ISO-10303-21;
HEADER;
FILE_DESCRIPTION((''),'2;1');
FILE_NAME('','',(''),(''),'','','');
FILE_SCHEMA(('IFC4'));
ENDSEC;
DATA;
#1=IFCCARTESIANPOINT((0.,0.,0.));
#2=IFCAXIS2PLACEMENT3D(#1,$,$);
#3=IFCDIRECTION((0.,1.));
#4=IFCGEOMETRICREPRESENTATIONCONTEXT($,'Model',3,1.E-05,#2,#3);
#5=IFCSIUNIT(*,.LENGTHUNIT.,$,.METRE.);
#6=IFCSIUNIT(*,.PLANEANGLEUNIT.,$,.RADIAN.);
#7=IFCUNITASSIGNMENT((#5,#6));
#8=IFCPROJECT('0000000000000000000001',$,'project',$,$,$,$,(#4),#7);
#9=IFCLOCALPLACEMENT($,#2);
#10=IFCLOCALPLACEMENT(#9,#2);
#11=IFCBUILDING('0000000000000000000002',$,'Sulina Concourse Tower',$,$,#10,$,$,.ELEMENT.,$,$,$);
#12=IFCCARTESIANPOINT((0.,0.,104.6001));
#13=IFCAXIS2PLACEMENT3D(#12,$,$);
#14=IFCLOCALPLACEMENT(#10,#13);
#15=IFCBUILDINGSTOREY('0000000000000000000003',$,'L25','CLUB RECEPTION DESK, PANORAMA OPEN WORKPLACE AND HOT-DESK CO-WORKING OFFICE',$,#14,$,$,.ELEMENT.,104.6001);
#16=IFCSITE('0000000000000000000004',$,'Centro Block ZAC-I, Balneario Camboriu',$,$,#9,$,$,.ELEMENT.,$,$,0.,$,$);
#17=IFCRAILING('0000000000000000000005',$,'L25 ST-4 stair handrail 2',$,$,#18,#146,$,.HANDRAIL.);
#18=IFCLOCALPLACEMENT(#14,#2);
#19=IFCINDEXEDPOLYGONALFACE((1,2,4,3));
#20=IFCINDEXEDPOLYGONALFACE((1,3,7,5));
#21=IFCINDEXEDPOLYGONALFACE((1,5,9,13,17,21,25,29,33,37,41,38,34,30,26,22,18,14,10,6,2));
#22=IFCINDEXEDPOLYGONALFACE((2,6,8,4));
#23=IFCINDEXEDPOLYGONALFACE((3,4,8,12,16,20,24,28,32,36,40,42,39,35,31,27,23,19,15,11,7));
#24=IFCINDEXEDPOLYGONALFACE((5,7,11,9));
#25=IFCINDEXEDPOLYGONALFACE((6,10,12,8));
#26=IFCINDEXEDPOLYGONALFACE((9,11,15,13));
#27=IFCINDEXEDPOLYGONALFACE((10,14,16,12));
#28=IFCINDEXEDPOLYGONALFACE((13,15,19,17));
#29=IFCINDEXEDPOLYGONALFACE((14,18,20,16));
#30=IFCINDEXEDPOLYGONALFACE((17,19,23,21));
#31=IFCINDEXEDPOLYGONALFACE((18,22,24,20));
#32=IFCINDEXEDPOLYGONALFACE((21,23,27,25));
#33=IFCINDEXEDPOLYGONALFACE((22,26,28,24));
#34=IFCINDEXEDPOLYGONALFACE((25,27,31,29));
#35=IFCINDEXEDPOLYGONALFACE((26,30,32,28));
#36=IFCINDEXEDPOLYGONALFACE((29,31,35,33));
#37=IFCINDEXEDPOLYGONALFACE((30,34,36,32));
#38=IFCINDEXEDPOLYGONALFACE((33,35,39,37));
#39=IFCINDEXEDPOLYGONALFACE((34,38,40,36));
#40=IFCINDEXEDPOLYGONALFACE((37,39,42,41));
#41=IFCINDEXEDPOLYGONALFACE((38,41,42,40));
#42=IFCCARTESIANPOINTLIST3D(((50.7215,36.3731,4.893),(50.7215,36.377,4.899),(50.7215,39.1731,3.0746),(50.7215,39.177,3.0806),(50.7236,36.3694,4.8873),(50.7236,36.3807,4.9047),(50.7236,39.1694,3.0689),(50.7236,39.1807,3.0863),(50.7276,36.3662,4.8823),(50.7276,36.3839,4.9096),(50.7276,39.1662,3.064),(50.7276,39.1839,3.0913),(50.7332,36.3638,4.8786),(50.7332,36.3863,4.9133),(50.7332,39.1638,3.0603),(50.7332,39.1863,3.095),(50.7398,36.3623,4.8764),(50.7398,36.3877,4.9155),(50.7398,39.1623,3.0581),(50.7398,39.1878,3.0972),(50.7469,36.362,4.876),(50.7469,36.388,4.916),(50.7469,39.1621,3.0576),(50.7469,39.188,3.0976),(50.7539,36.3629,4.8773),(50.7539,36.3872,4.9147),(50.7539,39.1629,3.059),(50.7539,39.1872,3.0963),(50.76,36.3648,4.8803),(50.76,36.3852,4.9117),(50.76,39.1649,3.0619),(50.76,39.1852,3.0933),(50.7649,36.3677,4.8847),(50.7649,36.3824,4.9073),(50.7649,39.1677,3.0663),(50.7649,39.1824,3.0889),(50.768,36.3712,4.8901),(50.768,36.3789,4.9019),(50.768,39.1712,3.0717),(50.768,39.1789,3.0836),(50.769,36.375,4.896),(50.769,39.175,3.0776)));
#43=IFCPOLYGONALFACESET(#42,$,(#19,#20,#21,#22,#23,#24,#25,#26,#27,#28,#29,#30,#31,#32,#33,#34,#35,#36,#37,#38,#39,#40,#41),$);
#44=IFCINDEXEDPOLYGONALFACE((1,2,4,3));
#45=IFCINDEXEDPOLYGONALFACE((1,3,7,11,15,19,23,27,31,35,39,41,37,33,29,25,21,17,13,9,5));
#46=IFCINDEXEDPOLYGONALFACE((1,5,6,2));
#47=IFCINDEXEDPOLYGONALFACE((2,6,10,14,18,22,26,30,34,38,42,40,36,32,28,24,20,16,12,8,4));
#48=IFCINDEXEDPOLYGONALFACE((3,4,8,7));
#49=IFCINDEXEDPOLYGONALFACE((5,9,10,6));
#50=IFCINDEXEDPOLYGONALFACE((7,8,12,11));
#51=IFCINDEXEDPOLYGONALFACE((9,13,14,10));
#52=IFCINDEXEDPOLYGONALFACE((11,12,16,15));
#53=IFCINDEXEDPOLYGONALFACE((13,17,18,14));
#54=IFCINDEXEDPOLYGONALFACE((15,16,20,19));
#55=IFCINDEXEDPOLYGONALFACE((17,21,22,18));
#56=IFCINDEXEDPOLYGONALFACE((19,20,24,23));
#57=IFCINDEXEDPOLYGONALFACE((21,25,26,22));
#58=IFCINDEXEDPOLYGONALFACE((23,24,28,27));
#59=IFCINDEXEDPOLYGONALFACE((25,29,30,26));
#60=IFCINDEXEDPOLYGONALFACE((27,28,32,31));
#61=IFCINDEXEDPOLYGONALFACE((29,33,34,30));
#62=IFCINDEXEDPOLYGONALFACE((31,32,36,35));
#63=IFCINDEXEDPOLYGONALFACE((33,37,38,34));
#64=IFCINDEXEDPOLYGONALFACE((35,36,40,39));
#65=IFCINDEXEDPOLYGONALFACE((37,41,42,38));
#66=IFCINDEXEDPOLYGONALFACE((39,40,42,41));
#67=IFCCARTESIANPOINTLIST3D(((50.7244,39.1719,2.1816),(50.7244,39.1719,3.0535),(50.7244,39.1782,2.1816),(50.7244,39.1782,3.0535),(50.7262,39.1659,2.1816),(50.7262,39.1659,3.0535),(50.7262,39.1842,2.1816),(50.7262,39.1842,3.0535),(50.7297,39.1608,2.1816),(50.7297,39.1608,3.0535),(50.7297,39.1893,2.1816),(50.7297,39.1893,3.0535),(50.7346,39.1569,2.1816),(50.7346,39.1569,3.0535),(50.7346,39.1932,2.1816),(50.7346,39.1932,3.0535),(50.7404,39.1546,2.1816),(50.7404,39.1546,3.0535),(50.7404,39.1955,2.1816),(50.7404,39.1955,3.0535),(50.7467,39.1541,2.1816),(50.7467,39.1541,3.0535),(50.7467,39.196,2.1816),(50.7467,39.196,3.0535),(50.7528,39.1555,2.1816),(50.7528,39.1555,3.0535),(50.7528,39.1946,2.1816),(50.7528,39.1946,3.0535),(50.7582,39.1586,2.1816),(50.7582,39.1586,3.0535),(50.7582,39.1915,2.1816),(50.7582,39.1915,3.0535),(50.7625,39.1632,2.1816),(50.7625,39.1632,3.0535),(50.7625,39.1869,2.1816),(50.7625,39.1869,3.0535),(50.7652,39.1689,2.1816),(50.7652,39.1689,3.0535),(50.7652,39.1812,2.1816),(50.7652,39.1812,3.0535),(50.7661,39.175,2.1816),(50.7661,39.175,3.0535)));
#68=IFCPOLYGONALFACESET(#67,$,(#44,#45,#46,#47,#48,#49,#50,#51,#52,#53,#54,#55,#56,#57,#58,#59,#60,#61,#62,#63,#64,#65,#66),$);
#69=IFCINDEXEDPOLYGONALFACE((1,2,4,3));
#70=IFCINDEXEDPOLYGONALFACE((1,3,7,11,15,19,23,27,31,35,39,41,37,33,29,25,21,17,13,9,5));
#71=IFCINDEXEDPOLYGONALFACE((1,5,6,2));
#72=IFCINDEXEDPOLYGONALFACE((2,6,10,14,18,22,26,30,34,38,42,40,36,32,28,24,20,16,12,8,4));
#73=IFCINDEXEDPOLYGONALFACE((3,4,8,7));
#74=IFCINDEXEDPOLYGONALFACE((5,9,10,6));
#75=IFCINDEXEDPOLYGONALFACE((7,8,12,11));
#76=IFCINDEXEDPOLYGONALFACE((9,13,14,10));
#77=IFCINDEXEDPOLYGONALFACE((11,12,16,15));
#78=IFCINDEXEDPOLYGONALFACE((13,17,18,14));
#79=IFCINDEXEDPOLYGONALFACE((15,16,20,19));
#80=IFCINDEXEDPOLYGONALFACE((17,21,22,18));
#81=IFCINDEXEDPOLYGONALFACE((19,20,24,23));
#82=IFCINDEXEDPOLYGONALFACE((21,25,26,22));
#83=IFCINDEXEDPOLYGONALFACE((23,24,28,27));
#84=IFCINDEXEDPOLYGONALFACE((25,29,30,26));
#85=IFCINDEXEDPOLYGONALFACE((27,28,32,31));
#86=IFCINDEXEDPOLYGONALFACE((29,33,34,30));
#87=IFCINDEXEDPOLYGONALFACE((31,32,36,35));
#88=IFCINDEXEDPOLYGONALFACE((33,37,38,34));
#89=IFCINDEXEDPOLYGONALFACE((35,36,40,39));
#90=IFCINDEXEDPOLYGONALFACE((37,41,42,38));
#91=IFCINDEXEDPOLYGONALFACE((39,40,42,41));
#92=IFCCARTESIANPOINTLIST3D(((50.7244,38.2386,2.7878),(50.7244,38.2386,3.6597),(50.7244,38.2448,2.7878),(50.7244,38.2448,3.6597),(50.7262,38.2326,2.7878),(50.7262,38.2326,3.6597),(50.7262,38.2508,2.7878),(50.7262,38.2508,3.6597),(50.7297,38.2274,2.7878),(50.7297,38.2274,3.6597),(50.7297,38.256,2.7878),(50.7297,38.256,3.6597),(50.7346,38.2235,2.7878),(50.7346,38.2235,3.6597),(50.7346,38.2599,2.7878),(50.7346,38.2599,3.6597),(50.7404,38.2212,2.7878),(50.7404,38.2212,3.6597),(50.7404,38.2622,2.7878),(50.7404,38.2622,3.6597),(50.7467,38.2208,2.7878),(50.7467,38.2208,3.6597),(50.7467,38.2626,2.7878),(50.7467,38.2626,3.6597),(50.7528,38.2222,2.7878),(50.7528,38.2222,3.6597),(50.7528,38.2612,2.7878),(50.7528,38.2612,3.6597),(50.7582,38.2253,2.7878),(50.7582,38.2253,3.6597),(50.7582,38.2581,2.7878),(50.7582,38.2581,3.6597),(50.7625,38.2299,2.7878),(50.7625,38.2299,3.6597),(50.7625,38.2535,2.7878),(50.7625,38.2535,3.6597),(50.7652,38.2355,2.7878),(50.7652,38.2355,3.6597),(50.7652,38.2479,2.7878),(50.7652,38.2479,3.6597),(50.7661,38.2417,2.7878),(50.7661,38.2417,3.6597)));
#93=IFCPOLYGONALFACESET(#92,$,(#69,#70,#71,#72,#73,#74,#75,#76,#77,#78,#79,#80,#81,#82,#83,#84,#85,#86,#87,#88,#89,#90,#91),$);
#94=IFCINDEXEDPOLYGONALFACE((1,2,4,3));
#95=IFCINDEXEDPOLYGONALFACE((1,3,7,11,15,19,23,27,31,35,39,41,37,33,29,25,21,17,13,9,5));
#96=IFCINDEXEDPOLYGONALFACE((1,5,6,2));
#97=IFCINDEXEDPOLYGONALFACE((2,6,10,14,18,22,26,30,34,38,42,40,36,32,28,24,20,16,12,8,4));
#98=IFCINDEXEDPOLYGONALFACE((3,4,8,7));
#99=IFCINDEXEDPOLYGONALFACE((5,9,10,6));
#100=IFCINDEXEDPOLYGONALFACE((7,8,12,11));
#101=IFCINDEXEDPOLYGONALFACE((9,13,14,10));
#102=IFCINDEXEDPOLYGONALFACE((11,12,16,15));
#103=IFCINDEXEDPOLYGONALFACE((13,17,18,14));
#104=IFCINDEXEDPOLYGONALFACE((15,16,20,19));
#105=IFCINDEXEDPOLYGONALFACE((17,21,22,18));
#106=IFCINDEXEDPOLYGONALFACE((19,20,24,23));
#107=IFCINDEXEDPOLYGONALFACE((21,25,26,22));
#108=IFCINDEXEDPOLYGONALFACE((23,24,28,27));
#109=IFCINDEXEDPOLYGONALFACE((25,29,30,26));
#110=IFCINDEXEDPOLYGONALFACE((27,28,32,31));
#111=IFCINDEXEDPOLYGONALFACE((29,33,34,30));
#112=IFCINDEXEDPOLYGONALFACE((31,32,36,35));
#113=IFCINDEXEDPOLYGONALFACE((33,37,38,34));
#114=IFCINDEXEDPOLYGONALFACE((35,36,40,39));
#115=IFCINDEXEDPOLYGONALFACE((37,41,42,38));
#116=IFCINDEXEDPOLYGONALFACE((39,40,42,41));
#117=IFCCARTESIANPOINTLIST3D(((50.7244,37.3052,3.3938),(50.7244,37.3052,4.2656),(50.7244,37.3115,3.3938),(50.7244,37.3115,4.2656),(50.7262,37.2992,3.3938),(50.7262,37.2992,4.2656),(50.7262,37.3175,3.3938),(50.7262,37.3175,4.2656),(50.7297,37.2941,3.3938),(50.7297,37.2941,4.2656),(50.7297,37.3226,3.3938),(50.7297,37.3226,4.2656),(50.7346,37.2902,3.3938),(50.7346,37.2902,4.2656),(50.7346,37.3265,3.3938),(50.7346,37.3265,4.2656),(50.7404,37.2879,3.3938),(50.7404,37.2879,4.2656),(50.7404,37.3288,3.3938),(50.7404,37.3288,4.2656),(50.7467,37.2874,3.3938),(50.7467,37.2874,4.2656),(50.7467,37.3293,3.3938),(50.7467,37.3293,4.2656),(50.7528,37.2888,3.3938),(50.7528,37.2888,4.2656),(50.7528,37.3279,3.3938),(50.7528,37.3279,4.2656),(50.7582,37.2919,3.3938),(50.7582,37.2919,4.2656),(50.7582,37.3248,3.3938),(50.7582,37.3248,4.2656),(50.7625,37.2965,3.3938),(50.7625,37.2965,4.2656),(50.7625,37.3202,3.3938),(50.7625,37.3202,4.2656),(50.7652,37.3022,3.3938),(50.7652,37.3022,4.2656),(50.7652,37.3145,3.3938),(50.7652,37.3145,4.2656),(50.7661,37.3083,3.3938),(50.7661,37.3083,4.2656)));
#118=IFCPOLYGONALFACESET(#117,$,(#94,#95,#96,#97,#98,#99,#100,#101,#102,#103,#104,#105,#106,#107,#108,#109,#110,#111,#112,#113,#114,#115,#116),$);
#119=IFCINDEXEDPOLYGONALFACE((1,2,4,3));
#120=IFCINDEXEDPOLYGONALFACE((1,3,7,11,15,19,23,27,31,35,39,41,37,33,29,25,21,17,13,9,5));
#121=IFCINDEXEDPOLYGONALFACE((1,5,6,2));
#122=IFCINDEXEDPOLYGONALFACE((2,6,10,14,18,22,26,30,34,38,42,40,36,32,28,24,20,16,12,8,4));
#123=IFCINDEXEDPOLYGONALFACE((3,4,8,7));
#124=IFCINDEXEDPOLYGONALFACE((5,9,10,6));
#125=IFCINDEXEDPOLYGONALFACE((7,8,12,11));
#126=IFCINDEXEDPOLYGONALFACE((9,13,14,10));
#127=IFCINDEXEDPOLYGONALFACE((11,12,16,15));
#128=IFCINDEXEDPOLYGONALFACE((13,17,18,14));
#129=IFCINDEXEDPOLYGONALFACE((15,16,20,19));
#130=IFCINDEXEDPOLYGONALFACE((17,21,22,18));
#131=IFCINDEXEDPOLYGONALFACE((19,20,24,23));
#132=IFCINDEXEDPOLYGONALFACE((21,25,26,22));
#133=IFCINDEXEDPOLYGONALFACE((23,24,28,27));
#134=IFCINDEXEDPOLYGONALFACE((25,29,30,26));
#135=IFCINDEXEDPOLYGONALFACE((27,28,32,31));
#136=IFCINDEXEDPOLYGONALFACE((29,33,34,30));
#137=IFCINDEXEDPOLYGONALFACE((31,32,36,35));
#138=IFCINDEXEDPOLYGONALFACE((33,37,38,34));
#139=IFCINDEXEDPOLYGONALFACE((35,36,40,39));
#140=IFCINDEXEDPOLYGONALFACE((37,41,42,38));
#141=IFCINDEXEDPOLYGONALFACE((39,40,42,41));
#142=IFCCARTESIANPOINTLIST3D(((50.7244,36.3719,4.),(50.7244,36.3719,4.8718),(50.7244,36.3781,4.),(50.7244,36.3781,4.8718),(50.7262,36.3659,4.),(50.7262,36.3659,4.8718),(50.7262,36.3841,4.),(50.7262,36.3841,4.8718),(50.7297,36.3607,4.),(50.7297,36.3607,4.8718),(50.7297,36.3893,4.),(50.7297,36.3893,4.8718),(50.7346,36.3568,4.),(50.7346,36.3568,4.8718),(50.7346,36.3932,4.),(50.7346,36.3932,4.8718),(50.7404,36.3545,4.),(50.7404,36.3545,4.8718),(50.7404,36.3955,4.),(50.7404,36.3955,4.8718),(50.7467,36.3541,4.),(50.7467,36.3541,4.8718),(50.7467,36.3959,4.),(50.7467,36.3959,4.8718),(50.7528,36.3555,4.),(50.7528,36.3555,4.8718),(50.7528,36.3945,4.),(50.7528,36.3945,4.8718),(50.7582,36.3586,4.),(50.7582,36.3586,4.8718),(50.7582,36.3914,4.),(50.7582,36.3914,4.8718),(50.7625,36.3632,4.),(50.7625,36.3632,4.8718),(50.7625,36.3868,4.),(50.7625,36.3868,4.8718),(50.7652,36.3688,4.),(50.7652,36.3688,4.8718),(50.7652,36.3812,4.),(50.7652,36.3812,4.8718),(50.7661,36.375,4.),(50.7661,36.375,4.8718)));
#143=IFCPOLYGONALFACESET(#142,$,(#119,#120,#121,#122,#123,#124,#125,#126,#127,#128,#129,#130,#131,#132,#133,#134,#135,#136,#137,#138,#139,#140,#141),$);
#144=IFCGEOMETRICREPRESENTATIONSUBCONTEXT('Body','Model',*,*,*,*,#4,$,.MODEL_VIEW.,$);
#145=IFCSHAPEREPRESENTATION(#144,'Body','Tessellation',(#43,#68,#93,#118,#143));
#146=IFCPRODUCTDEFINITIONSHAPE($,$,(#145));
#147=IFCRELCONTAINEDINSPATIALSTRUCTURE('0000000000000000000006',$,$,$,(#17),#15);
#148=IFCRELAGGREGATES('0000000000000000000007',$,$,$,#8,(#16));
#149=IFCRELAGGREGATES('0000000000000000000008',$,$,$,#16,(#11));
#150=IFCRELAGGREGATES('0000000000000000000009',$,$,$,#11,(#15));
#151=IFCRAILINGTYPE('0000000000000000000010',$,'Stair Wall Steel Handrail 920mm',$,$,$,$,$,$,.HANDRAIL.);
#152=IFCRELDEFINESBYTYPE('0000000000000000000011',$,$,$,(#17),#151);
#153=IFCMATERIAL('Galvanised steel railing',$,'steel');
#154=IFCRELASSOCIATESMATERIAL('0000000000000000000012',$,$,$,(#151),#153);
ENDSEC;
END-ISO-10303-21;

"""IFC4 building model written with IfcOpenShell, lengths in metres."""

from ifc_helpers import new_model, si_unit, direction, frame, origin, origin_2d, place, context, subcontext, project, spatial, circle, extrude, material, type_object, element, save


model = new_model("IFC4")

# Units and contexts
model_context = context("Model", 3, precision=1e-05, world=origin(), true_north=direction((0.0, 1.0)))
body_context = subcontext(model_context, "Body", "Model", "MODEL_VIEW")
ifc_project = project(units=[si_unit("LENGTHUNIT", "METRE"), si_unit("PLANEANGLEUNIT", "RADIAN")], contexts=[model_context])

# Site, building, storey
site_placement = place(None, origin())
site = spatial("IfcSite", under=ifc_project, at=site_placement, Name="Centro Block ZAC-I, Balneario Camboriu", CompositionType="ELEMENT", RefElevation=0.0)
building_placement = place(site_placement, origin())
building = spatial("IfcBuilding", under=site, at=building_placement, Name="Sulina Concourse Tower", CompositionType="ELEMENT")
storey_placement = place(building_placement, frame((0.0, 0.0, 104.6001)))
storey = spatial("IfcBuildingStorey", under=building, at=storey_placement, Name="L25", Description="CLUB RECEPTION DESK, PANORAMA OPEN WORKPLACE AND HOT-DESK CO-WORKING OFFICE", CompositionType="ELEMENT", Elevation=104.6001)

# Railing
ifc_material_1 = material(Name="Galvanised steel railing", Category="steel")
railing_type_1 = type_object("IfcRailingType", Name="Stair Wall Steel Handrail 920mm", PredefinedType="HANDRAIL", material=ifc_material_1)
railing_1_placement = place(storey_placement, frame((50.7451, 39.175, 2.1816)))
element("IfcRailing", 1, at=railing_1_placement, inside=storey, type_object=railing_type_1, Name="L25 ST-4 stair handrail 2", PredefinedType="HANDRAIL", context=body_context, shape_type="SweptSolid", body=[
    extrude(circle(Radius=0.0239, at=origin_2d()), frame((0.0, 0.0, 0.896), z_axis=(0.0, -0.838672, 0.544636), x_axis=(1.0, 0.0, 0.0)), (0.0, 0.0, 1.0), 3.3386),
    extrude(circle(Radius=0.021, at=origin_2d()), origin(), (0.0, 0.0, 1.0), 0.8718),
    extrude(circle(Radius=0.021, at=origin_2d()), frame((0.0, -0.9333, 0.6062)), (0.0, 0.0, 1.0), 0.8718),
    extrude(circle(Radius=0.021, at=origin_2d()), frame((0.0, -1.8667, 1.2122)), (0.0, 0.0, 1.0), 0.8718),
    extrude(circle(Radius=0.021, at=origin_2d()), frame((0.0, -2.8, 1.8184)), (0.0, 0.0, 1.0), 0.8718),
])

save(model, "model.ifc")
